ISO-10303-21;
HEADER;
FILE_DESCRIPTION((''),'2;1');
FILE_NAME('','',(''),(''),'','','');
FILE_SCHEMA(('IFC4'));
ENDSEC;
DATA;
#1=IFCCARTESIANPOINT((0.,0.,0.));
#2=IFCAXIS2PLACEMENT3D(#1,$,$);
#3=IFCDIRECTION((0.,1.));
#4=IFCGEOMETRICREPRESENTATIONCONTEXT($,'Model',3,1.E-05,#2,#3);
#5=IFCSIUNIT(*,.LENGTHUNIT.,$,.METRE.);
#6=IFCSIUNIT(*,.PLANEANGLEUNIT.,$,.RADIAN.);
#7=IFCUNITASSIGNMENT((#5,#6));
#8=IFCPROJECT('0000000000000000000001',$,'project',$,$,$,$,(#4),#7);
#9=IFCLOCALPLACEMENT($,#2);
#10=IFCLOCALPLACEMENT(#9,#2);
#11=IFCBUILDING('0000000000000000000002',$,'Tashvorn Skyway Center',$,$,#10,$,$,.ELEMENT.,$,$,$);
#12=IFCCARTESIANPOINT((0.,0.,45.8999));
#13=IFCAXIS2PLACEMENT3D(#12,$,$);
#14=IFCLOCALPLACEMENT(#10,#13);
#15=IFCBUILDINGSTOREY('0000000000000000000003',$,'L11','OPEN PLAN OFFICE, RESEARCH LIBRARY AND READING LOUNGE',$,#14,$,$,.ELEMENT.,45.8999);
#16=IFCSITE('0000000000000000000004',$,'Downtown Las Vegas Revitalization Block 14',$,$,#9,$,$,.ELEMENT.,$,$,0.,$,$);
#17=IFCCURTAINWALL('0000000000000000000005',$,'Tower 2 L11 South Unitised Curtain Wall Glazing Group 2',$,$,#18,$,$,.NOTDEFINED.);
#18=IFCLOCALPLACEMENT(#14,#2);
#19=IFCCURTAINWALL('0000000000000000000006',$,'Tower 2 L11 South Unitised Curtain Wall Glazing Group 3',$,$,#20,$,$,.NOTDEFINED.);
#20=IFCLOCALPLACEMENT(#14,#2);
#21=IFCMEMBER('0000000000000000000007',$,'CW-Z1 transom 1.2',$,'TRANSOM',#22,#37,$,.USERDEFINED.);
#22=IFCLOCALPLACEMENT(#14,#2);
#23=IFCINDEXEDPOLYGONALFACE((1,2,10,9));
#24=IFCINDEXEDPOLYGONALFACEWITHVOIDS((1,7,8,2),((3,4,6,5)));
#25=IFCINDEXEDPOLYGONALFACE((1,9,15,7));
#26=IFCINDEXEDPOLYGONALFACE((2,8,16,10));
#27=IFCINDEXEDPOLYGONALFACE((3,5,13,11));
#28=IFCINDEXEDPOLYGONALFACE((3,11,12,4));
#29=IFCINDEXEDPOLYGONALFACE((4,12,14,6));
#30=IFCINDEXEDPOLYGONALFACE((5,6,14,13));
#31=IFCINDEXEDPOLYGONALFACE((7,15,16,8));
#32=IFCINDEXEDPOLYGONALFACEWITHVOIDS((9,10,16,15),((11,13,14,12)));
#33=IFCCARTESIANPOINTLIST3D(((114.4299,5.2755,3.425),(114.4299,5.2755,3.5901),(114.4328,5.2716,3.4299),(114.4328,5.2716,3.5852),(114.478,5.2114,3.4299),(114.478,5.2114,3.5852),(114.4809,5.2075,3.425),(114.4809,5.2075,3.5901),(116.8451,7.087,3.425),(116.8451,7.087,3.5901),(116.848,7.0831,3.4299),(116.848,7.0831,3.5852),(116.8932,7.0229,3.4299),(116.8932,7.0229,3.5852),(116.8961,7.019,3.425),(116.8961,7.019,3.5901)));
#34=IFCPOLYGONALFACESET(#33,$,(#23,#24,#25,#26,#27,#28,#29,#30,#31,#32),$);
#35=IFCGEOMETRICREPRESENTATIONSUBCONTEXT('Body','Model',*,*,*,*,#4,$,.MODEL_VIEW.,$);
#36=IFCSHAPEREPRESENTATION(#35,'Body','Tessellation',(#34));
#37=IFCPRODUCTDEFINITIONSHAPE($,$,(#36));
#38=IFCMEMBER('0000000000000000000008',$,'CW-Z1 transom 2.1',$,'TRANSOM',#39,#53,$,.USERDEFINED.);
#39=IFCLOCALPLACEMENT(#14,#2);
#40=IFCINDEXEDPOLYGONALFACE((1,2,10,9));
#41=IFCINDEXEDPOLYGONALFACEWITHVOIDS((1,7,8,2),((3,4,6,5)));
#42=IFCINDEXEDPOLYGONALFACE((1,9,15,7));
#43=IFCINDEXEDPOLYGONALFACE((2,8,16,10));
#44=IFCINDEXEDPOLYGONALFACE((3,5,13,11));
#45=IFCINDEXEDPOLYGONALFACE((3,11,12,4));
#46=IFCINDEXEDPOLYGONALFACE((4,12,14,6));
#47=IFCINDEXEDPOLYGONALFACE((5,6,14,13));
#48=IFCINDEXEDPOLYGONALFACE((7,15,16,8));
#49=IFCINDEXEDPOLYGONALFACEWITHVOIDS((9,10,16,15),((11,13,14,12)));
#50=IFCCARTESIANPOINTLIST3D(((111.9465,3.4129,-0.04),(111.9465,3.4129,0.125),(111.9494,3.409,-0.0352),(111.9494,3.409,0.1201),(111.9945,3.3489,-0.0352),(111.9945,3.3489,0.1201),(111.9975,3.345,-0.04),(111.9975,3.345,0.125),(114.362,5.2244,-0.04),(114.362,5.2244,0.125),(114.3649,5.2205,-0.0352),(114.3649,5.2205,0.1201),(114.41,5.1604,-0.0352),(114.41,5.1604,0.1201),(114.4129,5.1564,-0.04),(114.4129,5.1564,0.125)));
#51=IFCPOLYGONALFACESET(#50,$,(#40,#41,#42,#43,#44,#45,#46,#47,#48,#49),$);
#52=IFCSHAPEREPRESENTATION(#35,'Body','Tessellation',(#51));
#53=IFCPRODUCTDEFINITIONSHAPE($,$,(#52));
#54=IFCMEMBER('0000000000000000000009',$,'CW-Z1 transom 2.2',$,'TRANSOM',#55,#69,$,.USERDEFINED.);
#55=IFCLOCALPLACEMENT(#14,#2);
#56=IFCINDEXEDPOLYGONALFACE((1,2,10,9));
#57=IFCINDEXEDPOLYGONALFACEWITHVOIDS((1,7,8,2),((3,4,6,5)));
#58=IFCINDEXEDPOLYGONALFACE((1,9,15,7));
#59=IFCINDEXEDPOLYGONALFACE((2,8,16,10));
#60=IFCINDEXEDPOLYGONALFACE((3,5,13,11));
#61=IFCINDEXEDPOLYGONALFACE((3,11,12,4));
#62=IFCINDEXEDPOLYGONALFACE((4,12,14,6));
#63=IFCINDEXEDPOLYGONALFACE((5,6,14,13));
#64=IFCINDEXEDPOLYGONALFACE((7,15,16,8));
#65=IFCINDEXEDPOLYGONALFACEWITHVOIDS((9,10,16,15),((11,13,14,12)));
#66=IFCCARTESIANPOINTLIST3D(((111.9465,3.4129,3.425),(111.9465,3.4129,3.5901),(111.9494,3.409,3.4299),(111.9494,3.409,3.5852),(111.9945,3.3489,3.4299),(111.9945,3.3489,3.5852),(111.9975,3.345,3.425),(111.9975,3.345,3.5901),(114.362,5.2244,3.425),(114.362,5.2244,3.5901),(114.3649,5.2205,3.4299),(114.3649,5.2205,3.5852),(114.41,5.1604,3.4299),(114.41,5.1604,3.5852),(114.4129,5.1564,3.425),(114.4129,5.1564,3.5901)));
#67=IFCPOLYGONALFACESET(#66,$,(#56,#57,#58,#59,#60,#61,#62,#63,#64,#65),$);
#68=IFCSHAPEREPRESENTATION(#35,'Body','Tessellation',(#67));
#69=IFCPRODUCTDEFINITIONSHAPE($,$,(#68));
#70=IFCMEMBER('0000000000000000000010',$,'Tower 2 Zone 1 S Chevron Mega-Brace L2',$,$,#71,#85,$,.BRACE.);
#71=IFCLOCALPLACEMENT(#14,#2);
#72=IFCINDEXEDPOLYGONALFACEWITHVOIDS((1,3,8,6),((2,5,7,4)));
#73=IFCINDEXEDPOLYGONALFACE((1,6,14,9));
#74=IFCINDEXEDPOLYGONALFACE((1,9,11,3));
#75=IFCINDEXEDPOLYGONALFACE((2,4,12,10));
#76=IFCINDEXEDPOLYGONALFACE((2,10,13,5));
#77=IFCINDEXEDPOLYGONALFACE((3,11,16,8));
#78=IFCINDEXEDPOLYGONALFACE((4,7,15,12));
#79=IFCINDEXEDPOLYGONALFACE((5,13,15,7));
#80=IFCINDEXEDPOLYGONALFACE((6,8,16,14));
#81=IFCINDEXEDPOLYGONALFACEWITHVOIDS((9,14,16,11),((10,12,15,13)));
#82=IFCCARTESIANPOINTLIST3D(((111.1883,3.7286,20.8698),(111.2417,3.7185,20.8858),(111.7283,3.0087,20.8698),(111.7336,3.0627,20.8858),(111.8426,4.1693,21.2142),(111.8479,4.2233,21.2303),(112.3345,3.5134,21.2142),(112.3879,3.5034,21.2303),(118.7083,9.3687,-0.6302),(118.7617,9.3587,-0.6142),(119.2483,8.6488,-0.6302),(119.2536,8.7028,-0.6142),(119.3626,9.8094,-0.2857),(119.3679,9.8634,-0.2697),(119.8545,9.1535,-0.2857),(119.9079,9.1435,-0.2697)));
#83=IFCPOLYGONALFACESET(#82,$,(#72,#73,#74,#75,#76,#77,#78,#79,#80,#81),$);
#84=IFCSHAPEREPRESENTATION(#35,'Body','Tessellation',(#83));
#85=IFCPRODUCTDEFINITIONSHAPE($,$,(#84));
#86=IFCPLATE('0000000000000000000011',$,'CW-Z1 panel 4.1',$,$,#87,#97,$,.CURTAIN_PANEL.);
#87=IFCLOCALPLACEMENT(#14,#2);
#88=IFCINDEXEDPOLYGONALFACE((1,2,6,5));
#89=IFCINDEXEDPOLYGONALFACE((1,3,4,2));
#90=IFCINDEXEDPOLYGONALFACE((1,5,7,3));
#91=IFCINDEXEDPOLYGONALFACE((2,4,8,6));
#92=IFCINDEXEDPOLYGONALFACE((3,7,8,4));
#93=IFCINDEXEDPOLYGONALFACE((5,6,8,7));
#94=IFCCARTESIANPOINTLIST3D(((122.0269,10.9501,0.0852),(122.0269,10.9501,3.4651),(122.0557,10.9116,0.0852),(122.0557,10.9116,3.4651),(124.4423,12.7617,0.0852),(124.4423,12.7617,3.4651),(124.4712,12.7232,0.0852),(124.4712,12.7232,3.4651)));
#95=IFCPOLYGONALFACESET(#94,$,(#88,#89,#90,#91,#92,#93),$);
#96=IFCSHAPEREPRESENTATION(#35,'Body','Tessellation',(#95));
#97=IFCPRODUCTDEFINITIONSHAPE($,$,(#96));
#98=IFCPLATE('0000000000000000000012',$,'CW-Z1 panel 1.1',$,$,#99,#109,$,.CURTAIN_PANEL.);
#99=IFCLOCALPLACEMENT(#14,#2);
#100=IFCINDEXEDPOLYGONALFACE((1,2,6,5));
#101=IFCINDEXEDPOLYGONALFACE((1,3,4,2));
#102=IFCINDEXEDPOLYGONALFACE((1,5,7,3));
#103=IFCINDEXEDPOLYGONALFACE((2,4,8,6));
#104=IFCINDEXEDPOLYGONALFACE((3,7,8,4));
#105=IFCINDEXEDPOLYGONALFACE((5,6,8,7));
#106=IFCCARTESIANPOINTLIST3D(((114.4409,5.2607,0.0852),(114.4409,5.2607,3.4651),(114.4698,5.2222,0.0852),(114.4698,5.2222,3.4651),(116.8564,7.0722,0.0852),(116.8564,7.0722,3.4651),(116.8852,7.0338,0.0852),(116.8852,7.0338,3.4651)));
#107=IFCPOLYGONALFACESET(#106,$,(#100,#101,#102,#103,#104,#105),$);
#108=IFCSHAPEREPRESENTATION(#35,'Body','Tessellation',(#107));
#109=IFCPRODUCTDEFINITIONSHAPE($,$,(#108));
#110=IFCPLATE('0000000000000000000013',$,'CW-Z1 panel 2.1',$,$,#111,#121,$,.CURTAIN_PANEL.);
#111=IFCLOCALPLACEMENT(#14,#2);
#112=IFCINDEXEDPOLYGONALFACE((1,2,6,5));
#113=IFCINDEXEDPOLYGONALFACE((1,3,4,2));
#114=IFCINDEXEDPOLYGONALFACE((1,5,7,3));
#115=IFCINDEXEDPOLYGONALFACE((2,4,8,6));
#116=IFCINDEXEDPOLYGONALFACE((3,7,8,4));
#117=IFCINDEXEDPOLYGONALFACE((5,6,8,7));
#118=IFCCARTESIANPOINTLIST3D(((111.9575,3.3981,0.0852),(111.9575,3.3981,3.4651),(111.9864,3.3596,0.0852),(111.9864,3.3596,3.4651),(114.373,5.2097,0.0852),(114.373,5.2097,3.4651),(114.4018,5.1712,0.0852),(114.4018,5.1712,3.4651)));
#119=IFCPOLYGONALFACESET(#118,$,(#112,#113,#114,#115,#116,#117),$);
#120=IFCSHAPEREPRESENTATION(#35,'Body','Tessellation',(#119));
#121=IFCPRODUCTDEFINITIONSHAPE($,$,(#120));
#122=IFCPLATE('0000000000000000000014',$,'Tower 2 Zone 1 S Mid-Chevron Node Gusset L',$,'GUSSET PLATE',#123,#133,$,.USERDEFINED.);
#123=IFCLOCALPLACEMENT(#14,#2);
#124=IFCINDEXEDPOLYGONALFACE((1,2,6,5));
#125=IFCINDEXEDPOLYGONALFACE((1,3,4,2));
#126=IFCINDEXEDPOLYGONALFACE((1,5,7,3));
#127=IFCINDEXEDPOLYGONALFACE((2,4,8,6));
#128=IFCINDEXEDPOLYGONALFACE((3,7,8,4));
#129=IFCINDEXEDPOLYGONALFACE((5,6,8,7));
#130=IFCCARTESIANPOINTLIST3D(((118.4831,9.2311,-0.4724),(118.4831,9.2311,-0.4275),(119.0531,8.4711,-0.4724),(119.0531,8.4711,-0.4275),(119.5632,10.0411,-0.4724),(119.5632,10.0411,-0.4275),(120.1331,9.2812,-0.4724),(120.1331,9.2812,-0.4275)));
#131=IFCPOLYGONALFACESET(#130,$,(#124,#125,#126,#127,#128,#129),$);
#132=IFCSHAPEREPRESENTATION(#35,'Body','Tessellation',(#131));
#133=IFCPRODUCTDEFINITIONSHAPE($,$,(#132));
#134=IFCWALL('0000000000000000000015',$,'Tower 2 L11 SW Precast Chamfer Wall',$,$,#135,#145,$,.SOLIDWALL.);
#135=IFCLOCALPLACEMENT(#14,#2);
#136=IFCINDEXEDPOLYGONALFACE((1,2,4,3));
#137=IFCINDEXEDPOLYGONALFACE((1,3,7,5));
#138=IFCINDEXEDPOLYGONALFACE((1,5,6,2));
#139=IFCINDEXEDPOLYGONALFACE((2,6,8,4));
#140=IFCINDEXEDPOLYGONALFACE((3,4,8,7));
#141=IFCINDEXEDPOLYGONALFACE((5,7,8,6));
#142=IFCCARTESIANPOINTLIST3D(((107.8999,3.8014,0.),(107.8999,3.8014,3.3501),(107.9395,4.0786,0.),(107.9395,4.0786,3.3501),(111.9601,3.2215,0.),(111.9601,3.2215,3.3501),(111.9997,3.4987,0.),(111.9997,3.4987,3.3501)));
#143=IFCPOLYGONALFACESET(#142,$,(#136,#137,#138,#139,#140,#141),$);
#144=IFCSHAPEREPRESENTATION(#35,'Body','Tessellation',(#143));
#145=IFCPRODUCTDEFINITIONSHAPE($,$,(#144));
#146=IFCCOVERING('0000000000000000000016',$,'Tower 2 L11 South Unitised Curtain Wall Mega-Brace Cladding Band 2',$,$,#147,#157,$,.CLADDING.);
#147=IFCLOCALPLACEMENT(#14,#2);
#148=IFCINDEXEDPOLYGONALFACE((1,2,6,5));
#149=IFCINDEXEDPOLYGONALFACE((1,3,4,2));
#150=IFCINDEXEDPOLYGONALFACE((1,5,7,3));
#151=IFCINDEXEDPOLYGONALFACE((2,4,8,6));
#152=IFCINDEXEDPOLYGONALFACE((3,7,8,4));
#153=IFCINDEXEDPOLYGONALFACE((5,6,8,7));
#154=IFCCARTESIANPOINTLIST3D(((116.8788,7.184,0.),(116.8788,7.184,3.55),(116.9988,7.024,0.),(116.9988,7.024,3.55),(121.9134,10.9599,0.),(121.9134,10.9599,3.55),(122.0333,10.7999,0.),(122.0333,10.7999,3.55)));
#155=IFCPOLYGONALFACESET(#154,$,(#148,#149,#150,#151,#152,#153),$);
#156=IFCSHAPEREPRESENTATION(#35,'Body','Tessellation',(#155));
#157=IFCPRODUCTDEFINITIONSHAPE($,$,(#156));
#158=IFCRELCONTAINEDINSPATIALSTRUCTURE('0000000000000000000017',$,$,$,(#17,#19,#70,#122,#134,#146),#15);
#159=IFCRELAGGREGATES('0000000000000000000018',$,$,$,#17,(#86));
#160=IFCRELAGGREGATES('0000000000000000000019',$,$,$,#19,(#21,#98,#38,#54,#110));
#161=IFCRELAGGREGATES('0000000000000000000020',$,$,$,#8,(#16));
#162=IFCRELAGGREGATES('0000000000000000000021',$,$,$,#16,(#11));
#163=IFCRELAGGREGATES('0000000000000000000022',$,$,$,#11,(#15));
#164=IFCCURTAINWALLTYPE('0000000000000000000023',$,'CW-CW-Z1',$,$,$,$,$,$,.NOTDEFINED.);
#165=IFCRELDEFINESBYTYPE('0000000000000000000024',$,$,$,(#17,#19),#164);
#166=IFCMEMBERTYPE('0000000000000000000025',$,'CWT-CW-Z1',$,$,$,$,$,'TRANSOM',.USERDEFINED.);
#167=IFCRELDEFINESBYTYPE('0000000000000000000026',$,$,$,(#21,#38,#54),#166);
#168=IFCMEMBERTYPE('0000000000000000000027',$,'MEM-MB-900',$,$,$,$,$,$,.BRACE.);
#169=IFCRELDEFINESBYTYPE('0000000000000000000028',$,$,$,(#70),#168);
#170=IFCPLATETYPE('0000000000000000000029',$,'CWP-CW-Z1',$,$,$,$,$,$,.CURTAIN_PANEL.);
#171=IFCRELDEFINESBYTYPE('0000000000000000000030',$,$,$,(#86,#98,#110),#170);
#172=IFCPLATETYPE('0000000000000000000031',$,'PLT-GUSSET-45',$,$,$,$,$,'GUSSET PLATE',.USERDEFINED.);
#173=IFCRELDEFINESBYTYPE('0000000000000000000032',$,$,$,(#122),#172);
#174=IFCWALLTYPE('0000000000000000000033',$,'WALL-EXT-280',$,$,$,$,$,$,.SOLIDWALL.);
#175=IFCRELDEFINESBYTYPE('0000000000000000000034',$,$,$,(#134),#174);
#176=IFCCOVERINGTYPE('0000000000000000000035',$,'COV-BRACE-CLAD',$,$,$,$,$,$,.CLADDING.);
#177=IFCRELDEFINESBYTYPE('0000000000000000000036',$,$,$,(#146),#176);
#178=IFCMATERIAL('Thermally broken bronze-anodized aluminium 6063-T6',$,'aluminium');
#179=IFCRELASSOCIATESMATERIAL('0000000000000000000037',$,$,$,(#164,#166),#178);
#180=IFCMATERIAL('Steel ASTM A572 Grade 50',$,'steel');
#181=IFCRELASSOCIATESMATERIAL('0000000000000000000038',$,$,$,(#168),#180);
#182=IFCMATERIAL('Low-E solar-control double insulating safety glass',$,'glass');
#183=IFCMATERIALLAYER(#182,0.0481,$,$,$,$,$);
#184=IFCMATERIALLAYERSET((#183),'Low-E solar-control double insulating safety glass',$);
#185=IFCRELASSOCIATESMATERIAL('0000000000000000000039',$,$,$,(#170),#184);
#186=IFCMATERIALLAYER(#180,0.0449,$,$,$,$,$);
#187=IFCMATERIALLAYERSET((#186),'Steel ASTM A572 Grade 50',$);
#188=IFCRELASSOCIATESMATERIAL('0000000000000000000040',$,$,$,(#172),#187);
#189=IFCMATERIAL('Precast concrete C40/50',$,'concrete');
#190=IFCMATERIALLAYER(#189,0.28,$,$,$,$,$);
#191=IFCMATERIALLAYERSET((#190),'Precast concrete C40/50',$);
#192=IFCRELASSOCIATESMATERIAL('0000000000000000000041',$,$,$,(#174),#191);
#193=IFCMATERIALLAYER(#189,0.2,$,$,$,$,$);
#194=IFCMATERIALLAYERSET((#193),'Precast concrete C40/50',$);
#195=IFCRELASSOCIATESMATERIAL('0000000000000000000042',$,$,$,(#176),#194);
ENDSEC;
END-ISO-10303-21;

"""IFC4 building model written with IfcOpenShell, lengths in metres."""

from ifc_helpers import new_model, si_unit, direction, frame, frame_2d, origin, origin_2d, place, context, subcontext, project, spatial, rectangle, hollow_rectangle, extrude, material, layer, layer_set, material_profile, profile_set, type_object, element, aggregate, save


model = new_model("IFC4")

# Units and contexts
model_context = context("Model", 3, precision=1e-05, world=origin(), true_north=direction((0.0, 1.0)))
body_context = subcontext(model_context, "Body", "Model", "MODEL_VIEW")
ifc_project = project(units=[si_unit("LENGTHUNIT", "METRE"), si_unit("PLANEANGLEUNIT", "RADIAN")], contexts=[model_context])

# Site, building, storey
site_placement = place(None, origin())
site = spatial("IfcSite", under=ifc_project, at=site_placement, Name="Downtown Las Vegas Revitalization Block 14", CompositionType="ELEMENT", RefElevation=0.0)
building_placement = place(site_placement, origin())
building = spatial("IfcBuilding", under=site, at=building_placement, Name="Tashvorn Skyway Center", CompositionType="ELEMENT")
storey_placement = place(building_placement, frame((0.0, 0.0, 45.8999)))
storey = spatial("IfcBuildingStorey", under=building, at=storey_placement, Name="L11", Description="OPEN PLAN OFFICE, RESEARCH LIBRARY AND READING LOUNGE", CompositionType="ELEMENT", Elevation=45.8999)

# Shared definitions
ifc_material_1 = material(Name="Steel ASTM A572 Grade 50", Category="steel")

# Curtain wall
ifc_material_2 = material(Name="Thermally broken bronze-anodized aluminium 6063-T6", Category="aluminium")
curtain_wall_type = type_object("IfcCurtainWallType", Name="CW-CW-Z1", PredefinedType="NOTDEFINED", material=ifc_material_2)
curtain_wall_1_placement = place(storey_placement, origin())
curtain_wall_1 = element("IfcCurtainWall", 1, at=curtain_wall_1_placement, inside=storey, type_object=curtain_wall_type, Name="Tower 2 L11 South Unitised Curtain Wall Glazing Group 2", PredefinedType="NOTDEFINED")

# Curtain wall
curtain_wall_2_placement = place(storey_placement, origin())
curtain_wall_2 = element("IfcCurtainWall", 2, at=curtain_wall_2_placement, inside=storey, type_object=curtain_wall_type, Name="Tower 2 L11 South Unitised Curtain Wall Glazing Group 3", PredefinedType="NOTDEFINED")

# Members
ifc_material_profile_1 = material_profile(ifc_material_2, hollow_rectangle(XDim=0.085, YDim=0.165, WallThickness=0.0049, at=origin_2d()), Name="ALU-TRAN-85x165")
ifc_profile_set_1 = profile_set([ifc_material_profile_1], Name="Thermally broken bronze-anodized aluminium 6063-T6")
member_type_1 = type_object("IfcMemberType", Name="CWT-CW-Z1", ElementType="TRANSOM", PredefinedType="USERDEFINED", material=ifc_profile_set_1)
member_1_placement = place(storey_placement, frame((116.8706, 7.053, 3.5076), z_axis=(-0.79999, -0.600013, 0.0), x_axis=(0.600013, -0.79999, 0.0)))
member_1 = element("IfcMember", 3, at=member_1_placement, type_object=member_type_1, Name="CW-Z1 transom 1.2", ObjectType="TRANSOM", PredefinedType="USERDEFINED", context=body_context, shape_type="SweptSolid", body=[
    extrude(hollow_rectangle(XDim=0.085, YDim=0.165, WallThickness=0.0049, at=origin_2d()), origin(), (0.0, 0.0, 1.0), 3.019),
])
member_2_placement = place(storey_placement, frame((114.3875, 5.1904, 0.0425), z_axis=(-0.800019, -0.599974, 0.0), x_axis=(0.599974, -0.800019, 0.0)))
member_2 = element("IfcMember", 4, at=member_2_placement, type_object=member_type_1, Name="CW-Z1 transom 2.1", ObjectType="TRANSOM", PredefinedType="USERDEFINED", context=body_context, shape_type="SweptSolid", body=[
    extrude(hollow_rectangle(XDim=0.085, YDim=0.165, WallThickness=0.0049, at=origin_2d()), origin(), (0.0, 0.0, 1.0), 3.0193),
])
member_3_placement = place(storey_placement, frame((114.3875, 5.1904, 3.5076), z_axis=(-0.800019, -0.599974, 0.0), x_axis=(0.599974, -0.800019, 0.0)))
member_3 = element("IfcMember", 5, at=member_3_placement, type_object=member_type_1, Name="CW-Z1 transom 2.2", ObjectType="TRANSOM", PredefinedType="USERDEFINED", context=body_context, shape_type="SweptSolid", body=[
    extrude(hollow_rectangle(XDim=0.085, YDim=0.165, WallThickness=0.0049, at=origin_2d()), origin(), (0.0, 0.0, 1.0), 3.0193),
])
ifc_material_profile_2 = material_profile(ifc_material_1, hollow_rectangle(XDim=0.8999, YDim=0.8999, WallThickness=0.04, at=origin_2d()), Name="BOX900x900x40")
ifc_profile_set_2 = profile_set([ifc_material_profile_2], Name="Steel ASTM A572 Grade 50")
member_type_2 = type_object("IfcMemberType", Name="MEM-MB-900", PredefinedType="BRACE", material=ifc_profile_set_2)
member_4_placement = place(storey_placement, frame((119.3081, 9.2561, -0.45), z_axis=(-0.320477, -0.240363, 0.916254), x_axis=(0.600008, -0.799994, 0.0)))
element("IfcMember", 6, at=member_4_placement, inside=storey, type_object=member_type_2, Name="Tower 2 Zone 1 S Chevron Mega-Brace L2", PredefinedType="BRACE", context=body_context, shape_type="SweptSolid", body=[
    extrude(hollow_rectangle(XDim=0.8999, YDim=0.8999, WallThickness=0.04, at=origin_2d()), origin(), (0.0, 0.0, 1.0), 23.4651),
])

# Plates
ifc_material_3 = material(Name="Low-E solar-control double insulating safety glass", Category="glass")
ifc_layer_1 = layer(ifc_material_3, 0.0481)
ifc_layer_set_1 = layer_set([ifc_layer_1], Name="Low-E solar-control double insulating safety glass")
plate_type_1 = type_object("IfcPlateType", Name="CWP-CW-Z1", PredefinedType="CURTAIN_PANEL", material=ifc_layer_set_1)
plate_1_placement = place(storey_placement, frame((123.249, 11.8367, 0.0852), z_axis=(0.0, 0.0, 1.0), x_axis=(-0.800002, -0.599997, 0.0)))
plate_1 = element("IfcPlate", 7, at=plate_1_placement, type_object=plate_type_1, Name="CW-Z1 panel 4.1", PredefinedType="CURTAIN_PANEL", context=body_context, shape_type="SweptSolid", body=[
    extrude(rectangle(XDim=3.0193, YDim=0.0481, at=origin_2d()), origin(), (0.0, 0.0, 1.0), 3.3799),
])
aggregate(curtain_wall_1, [plate_1])
plate_2_placement = place(storey_placement, frame((115.6631, 6.1472, 0.0852), z_axis=(0.0, 0.0, 1.0), x_axis=(-0.800002, -0.599997, 0.0)))
plate_2 = element("IfcPlate", 8, at=plate_2_placement, type_object=plate_type_1, Name="CW-Z1 panel 1.1", PredefinedType="CURTAIN_PANEL", context=body_context, shape_type="SweptSolid", body=[
    extrude(rectangle(XDim=3.0193, YDim=0.0481, at=origin_2d()), origin(), (0.0, 0.0, 1.0), 3.3799),
])
plate_3_placement = place(storey_placement, frame((113.1797, 4.2847, 0.0852), z_axis=(0.0, 0.0, 1.0), x_axis=(-0.800002, -0.599997, 0.0)))
plate_3 = element("IfcPlate", 9, at=plate_3_placement, type_object=plate_type_1, Name="CW-Z1 panel 2.1", PredefinedType="CURTAIN_PANEL", context=body_context, shape_type="SweptSolid", body=[
    extrude(rectangle(XDim=3.0193, YDim=0.0481, at=origin_2d()), origin(), (0.0, 0.0, 1.0), 3.3799),
])
aggregate(curtain_wall_2, [member_1, plate_2, member_2, member_3, plate_3])
ifc_layer_2 = layer(ifc_material_1, 0.0449)
ifc_layer_set_2 = layer_set([ifc_layer_2], Name="Steel ASTM A572 Grade 50")
plate_type_2 = type_object("IfcPlateType", Name="PLT-GUSSET-45", ElementType="GUSSET PLATE", PredefinedType="USERDEFINED", material=ifc_layer_set_2)
plate_4_placement = place(storey_placement, frame((119.3081, 9.2561, -0.4724), z_axis=(0.0, 0.0, 1.0), x_axis=(0.8, 0.6, 0.0)))
element("IfcPlate", 10, at=plate_4_placement, inside=storey, type_object=plate_type_2, Name="Tower 2 Zone 1 S Mid-Chevron Node Gusset L", ObjectType="GUSSET PLATE", PredefinedType="USERDEFINED", context=body_context, shape_type="SweptSolid", body=[
    extrude(rectangle(XDim=1.3501, YDim=0.95, at=origin_2d()), origin(), (0.0, 0.0, 1.0), 0.0449),
])

# Wall
ifc_material_4 = material(Name="Precast concrete C40/50", Category="concrete")
ifc_layer_3 = layer(ifc_material_4, 0.28)
ifc_layer_set_3 = layer_set([ifc_layer_3], Name="Precast concrete C40/50")
wall_type = type_object("IfcWallType", Name="WALL-EXT-280", PredefinedType="SOLIDWALL", material=ifc_layer_set_3)
wall_placement = place(storey_placement, frame((111.98, 3.3601, 0.0), z_axis=(0.0, 0.0, 1.0), x_axis=(-0.989955, 0.14138, 0.0)))
element("IfcWall", 11, at=wall_placement, inside=storey, type_object=wall_type, Name="Tower 2 L11 SW Precast Chamfer Wall", PredefinedType="SOLIDWALL", context=body_context, shape_type="SweptSolid", body=[
    extrude(rectangle(XDim=4.1013, YDim=0.28, at=frame_2d((2.0508, 0.0))), origin(), (0.0, 0.0, 1.0), 3.3501),
])

# Covering
ifc_layer_4 = layer(ifc_material_4, 0.2)
ifc_layer_set_4 = layer_set([ifc_layer_4], Name="Precast concrete C40/50")
covering_type = type_object("IfcCoveringType", Name="COV-BRACE-CLAD", PredefinedType="CLADDING", material=ifc_layer_set_4)
covering_placement = place(storey_placement, frame((119.4561, 8.9919, 0.0), z_axis=(0.0, 0.0, 1.0), x_axis=(-0.8, -0.6, 0.0)))
element("IfcCovering", 12, at=covering_placement, inside=storey, type_object=covering_type, Name="Tower 2 L11 South Unitised Curtain Wall Mega-Brace Cladding Band 2", PredefinedType="CLADDING", context=body_context, shape_type="SweptSolid", body=[
    extrude(rectangle(XDim=6.2932, YDim=0.2, at=origin_2d()), origin(), (0.0, 0.0, 1.0), 3.55),
])

save(model, "model.ifc")
